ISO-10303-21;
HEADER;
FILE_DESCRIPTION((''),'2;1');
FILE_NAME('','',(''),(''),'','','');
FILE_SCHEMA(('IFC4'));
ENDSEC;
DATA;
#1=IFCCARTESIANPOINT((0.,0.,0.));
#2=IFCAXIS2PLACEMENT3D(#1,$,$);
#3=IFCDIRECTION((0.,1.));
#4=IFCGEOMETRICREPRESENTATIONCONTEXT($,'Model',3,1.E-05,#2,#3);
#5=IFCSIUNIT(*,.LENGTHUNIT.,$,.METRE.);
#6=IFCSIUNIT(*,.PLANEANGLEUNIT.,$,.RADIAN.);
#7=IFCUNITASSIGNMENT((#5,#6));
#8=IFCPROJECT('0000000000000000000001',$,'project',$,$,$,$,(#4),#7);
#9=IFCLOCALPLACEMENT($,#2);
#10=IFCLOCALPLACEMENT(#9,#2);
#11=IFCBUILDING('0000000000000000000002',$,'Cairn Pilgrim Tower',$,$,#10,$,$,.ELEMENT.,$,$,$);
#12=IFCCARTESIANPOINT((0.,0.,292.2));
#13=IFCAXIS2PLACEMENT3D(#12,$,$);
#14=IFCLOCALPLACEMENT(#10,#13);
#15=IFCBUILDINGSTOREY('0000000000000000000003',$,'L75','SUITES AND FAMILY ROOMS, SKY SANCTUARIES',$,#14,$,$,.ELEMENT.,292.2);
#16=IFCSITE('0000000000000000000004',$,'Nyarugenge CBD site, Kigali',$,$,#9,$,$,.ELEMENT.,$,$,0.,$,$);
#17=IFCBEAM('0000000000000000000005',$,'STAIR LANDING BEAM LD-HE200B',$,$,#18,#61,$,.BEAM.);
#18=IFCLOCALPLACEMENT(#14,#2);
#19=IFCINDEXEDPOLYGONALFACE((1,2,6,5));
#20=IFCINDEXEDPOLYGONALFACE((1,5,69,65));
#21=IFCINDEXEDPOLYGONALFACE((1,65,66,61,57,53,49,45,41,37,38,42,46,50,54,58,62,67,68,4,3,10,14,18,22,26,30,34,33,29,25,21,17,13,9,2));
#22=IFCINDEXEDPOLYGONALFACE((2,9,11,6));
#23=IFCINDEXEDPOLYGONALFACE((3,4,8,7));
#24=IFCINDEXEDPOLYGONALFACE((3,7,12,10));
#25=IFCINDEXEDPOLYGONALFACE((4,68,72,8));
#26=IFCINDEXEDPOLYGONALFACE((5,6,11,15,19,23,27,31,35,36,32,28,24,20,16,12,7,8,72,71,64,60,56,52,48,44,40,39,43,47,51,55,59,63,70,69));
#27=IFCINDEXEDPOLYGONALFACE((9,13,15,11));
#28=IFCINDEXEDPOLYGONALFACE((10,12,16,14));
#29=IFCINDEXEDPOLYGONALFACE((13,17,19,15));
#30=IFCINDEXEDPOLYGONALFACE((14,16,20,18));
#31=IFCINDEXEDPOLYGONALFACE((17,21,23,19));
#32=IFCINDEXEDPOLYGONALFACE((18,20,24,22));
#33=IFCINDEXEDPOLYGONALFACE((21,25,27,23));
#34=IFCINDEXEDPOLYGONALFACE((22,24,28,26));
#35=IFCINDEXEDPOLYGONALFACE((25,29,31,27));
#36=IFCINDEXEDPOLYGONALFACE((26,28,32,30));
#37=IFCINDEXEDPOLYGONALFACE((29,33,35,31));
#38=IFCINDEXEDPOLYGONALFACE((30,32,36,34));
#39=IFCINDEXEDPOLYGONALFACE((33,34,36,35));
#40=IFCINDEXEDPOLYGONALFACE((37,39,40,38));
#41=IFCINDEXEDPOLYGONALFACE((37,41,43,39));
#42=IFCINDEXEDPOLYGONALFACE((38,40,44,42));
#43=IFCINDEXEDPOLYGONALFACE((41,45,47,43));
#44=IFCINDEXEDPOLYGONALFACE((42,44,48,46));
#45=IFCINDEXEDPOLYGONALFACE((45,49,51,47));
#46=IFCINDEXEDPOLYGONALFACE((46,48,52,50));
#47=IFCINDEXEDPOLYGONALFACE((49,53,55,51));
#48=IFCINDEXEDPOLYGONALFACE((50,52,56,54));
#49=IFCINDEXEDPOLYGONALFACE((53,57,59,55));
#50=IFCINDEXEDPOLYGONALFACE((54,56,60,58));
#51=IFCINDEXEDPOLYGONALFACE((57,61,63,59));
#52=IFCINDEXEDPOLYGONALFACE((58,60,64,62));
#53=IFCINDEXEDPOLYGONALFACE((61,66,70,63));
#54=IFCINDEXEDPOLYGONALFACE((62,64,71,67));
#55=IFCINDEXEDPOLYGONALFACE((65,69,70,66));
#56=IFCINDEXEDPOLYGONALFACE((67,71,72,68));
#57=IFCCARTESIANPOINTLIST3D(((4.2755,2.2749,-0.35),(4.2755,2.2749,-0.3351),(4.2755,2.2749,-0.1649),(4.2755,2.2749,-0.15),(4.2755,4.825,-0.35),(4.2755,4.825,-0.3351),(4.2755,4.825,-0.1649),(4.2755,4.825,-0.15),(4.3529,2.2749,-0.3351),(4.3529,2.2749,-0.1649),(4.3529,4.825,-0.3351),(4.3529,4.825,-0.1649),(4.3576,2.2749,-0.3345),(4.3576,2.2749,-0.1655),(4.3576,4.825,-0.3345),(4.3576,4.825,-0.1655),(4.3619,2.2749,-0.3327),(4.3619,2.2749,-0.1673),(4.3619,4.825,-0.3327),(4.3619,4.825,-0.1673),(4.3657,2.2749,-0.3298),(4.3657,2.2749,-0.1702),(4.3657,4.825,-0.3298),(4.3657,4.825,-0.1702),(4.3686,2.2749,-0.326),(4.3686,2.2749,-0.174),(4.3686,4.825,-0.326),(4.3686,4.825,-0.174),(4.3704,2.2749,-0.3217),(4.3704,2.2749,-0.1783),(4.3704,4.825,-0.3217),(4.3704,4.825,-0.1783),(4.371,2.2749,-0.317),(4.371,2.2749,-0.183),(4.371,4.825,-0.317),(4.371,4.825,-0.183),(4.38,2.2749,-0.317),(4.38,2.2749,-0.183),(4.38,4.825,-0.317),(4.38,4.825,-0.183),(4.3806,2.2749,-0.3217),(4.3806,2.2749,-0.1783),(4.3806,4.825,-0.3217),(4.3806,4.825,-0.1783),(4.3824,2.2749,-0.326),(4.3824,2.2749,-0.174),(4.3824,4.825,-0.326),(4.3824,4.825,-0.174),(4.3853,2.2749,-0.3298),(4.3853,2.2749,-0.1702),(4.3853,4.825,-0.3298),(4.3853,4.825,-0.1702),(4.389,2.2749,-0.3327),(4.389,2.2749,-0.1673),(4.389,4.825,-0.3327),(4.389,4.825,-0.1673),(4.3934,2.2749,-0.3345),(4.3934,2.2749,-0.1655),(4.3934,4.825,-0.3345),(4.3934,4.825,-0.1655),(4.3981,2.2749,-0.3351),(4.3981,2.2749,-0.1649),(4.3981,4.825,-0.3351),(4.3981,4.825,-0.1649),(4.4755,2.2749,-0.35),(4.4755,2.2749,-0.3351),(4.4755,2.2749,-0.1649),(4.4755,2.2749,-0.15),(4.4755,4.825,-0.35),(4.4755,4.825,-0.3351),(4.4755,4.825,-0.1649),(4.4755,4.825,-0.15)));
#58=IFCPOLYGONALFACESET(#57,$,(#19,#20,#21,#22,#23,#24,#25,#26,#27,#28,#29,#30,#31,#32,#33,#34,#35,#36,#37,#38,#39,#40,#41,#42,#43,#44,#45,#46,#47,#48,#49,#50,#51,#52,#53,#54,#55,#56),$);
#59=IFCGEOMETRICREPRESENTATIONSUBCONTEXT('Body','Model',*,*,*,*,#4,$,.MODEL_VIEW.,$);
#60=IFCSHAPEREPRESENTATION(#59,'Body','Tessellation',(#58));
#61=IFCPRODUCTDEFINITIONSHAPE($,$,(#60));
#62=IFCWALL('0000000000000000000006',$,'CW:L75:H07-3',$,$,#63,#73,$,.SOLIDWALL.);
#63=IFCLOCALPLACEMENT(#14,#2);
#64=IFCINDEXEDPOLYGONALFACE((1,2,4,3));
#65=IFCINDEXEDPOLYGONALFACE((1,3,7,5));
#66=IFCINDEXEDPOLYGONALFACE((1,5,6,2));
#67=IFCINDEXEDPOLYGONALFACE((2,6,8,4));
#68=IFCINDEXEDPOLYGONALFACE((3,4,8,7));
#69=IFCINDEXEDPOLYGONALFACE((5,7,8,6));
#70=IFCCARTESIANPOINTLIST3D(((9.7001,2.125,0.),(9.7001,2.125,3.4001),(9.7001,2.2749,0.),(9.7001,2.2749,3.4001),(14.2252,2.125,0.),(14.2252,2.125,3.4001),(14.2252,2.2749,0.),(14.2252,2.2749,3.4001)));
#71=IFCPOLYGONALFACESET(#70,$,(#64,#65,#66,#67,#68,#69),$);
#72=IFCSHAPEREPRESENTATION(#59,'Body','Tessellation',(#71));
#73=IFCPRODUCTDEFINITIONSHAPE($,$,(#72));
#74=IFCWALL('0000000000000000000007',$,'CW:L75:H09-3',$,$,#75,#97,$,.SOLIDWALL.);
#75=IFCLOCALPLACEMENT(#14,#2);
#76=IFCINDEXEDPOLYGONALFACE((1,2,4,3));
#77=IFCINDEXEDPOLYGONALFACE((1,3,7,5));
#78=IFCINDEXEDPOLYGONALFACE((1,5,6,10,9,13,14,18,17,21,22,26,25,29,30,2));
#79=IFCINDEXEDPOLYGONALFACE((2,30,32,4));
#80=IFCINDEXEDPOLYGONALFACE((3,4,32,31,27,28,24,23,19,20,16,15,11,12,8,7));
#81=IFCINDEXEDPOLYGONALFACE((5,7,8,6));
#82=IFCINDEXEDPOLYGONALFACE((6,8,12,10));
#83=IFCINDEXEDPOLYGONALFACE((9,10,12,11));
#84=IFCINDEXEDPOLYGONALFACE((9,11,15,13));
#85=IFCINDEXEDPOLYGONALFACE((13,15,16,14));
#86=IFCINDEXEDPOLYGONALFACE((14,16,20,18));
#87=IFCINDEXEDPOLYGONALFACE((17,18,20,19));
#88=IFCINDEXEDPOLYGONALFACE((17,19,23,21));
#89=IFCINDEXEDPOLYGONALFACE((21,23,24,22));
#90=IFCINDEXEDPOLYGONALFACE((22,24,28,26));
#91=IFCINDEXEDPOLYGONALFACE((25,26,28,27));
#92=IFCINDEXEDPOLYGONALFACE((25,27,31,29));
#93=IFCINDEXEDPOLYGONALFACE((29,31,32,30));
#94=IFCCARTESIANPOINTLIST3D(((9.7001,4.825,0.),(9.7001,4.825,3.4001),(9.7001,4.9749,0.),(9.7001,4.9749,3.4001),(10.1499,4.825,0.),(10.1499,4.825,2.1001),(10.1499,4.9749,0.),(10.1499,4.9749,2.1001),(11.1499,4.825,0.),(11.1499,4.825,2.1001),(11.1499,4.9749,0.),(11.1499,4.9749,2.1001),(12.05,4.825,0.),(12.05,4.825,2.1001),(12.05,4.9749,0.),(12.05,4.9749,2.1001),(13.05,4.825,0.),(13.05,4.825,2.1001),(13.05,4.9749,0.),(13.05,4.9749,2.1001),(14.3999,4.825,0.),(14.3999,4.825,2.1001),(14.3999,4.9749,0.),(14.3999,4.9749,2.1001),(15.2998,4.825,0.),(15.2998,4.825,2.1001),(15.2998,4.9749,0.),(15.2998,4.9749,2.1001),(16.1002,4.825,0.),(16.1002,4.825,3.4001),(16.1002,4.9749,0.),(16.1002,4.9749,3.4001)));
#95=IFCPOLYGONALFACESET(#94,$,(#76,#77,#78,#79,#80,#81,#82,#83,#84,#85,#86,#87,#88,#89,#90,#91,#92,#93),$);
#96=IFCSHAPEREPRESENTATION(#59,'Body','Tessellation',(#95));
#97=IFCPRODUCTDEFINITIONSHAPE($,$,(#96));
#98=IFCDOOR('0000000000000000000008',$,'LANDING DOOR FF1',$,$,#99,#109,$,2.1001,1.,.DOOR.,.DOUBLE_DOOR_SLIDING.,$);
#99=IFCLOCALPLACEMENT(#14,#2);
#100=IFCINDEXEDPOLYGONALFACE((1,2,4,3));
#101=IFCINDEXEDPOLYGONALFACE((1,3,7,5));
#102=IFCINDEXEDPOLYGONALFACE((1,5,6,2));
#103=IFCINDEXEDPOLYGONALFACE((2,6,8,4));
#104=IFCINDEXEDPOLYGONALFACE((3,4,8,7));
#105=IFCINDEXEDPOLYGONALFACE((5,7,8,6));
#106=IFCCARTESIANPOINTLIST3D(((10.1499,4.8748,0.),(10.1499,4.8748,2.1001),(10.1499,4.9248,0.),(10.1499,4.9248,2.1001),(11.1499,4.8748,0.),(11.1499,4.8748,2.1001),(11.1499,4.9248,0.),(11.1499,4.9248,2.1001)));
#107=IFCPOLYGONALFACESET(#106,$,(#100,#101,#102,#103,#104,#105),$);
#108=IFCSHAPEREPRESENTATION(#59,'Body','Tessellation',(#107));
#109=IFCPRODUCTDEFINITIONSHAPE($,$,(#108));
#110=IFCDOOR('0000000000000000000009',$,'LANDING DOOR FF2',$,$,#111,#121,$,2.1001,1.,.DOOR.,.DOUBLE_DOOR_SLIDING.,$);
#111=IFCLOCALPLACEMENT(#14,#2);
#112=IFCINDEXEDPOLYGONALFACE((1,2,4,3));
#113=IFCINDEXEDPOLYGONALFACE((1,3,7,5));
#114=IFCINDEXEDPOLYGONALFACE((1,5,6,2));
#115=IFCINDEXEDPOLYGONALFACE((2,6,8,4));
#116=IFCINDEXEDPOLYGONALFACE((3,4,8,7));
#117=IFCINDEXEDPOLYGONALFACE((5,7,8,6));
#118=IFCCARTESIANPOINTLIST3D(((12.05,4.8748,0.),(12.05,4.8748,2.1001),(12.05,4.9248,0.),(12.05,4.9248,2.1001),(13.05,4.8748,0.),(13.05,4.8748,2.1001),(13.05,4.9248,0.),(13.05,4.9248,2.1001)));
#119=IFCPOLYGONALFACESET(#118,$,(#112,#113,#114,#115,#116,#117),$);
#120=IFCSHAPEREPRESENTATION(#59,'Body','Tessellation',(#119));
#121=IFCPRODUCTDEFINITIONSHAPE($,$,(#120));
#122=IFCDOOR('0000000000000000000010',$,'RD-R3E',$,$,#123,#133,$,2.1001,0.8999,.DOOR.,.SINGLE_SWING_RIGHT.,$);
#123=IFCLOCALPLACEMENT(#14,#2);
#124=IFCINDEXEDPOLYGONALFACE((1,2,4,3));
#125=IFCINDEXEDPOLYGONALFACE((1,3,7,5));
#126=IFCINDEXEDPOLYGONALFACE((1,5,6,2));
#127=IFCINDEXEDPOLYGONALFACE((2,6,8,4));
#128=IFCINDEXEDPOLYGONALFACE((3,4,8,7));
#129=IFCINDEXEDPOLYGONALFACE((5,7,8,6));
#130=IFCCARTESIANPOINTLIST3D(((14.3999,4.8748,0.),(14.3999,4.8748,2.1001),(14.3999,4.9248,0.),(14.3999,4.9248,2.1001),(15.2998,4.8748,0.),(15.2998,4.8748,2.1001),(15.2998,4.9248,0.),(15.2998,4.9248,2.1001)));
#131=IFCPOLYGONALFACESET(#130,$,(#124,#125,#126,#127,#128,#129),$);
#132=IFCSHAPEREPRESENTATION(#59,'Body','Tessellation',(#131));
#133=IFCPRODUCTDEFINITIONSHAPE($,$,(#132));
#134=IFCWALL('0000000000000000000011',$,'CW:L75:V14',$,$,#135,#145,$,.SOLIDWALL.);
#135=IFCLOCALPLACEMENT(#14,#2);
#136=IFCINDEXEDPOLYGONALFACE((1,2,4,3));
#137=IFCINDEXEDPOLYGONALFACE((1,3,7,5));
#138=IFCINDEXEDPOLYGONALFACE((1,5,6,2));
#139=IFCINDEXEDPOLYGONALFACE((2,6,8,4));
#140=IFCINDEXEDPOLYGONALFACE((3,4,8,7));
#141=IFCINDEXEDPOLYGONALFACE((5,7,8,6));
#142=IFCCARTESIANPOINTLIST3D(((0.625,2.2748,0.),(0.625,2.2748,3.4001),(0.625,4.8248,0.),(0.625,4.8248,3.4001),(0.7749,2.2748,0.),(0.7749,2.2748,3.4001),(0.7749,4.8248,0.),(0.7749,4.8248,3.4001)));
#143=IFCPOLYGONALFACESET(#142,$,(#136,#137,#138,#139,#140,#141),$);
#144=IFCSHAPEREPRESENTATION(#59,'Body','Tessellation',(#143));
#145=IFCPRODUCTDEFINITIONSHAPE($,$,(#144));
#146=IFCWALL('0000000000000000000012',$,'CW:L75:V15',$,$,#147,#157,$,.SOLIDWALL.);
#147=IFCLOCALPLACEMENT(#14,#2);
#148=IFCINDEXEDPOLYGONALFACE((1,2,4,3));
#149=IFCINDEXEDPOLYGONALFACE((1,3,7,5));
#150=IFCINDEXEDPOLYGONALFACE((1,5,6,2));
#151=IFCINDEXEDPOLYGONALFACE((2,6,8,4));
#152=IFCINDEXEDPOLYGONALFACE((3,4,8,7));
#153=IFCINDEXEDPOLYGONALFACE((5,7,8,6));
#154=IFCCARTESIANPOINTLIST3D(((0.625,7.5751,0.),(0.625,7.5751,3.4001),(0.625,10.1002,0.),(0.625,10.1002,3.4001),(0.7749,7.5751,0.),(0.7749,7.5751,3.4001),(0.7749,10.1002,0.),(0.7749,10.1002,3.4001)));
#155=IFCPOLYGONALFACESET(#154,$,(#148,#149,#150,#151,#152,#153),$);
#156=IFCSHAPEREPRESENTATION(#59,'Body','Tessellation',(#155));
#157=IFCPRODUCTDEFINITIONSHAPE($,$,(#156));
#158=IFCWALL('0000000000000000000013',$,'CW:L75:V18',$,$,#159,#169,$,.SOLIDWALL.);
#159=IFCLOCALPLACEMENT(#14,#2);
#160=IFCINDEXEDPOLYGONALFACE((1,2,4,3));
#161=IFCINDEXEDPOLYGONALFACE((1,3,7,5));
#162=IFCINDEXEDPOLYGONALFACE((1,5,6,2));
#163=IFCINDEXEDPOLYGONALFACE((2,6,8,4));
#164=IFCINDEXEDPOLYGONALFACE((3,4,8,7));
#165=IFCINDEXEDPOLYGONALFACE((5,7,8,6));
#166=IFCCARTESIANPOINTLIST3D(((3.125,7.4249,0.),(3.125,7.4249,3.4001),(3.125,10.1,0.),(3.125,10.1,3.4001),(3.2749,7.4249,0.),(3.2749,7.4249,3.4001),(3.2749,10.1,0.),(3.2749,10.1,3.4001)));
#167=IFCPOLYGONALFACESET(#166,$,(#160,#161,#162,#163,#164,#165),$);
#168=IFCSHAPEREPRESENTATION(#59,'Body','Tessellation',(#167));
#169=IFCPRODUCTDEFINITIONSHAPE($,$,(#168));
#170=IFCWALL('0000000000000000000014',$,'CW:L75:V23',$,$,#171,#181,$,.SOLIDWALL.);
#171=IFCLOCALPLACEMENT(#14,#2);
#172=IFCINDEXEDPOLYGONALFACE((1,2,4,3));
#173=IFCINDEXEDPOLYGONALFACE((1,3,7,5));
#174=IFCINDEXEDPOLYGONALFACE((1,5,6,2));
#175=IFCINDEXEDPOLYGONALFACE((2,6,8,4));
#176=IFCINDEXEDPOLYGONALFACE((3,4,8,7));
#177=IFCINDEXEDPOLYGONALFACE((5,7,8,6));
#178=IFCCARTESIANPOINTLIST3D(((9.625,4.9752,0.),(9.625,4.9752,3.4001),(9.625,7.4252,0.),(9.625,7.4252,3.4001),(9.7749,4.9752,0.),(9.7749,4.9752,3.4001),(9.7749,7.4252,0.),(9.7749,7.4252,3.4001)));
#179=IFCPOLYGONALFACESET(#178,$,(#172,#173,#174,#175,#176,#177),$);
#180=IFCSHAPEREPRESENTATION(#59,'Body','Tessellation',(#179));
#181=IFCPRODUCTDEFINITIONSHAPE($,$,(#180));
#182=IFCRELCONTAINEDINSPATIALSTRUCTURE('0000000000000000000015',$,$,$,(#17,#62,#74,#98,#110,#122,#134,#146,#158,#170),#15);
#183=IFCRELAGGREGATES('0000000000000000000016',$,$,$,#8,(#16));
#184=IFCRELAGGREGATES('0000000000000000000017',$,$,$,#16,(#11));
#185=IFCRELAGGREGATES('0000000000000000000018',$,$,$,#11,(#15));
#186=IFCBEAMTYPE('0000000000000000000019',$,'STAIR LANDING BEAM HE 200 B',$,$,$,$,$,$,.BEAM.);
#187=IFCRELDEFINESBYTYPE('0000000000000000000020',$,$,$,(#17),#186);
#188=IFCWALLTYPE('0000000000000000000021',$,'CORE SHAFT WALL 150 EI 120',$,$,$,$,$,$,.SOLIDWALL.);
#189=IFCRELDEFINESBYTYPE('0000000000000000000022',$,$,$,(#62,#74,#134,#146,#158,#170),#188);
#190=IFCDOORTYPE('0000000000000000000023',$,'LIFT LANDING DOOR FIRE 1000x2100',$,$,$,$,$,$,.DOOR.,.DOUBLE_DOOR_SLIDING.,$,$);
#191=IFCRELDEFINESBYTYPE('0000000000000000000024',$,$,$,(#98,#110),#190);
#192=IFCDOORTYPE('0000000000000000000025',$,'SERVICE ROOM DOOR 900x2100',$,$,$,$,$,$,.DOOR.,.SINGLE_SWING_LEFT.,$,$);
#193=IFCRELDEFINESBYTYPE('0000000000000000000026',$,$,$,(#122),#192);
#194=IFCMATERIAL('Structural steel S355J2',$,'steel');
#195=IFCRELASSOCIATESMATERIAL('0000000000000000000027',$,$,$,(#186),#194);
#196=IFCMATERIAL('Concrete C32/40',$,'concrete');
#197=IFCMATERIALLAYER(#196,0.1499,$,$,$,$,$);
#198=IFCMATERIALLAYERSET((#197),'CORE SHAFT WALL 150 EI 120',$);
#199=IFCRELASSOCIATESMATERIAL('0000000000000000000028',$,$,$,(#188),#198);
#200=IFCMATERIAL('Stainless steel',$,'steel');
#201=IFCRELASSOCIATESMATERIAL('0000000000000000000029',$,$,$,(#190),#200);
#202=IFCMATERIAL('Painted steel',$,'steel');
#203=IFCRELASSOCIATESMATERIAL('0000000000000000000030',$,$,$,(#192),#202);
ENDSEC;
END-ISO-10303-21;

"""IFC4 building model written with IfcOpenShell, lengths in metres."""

from ifc_helpers import new_model, si_unit, direction, frame, frame_2d, origin, origin_2d, place, context, subcontext, project, spatial, rectangle, i_section, extrude, material, layer, layer_set, material_profile, profile_set, type_object, element, fill, save


model = new_model("IFC4")

# Units and contexts
model_context = context("Model", 3, precision=1e-05, world=origin(), true_north=direction((0.0, 1.0)))
body_context = subcontext(model_context, "Body", "Model", "MODEL_VIEW")
ifc_project = project(units=[si_unit("LENGTHUNIT", "METRE"), si_unit("PLANEANGLEUNIT", "RADIAN")], contexts=[model_context])

# Site, building, storey
site_placement = place(None, origin())
site = spatial("IfcSite", under=ifc_project, at=site_placement, Name="Nyarugenge CBD site, Kigali", CompositionType="ELEMENT", RefElevation=0.0)
building_placement = place(site_placement, origin())
building = spatial("IfcBuilding", under=site, at=building_placement, Name="Cairn Pilgrim Tower", CompositionType="ELEMENT")
storey_placement = place(building_placement, frame((0.0, 0.0, 292.2)))
storey = spatial("IfcBuildingStorey", under=building, at=storey_placement, Name="L75", Description="SUITES AND FAMILY ROOMS, SKY SANCTUARIES", CompositionType="ELEMENT", Elevation=292.2)

# Beam
ifc_material_1 = material(Name="Structural steel S355J2", Category="steel")
ifc_material_profile = material_profile(ifc_material_1, i_section(OverallWidth=0.2, OverallDepth=0.2, WebThickness=0.009, FlangeThickness=0.0149, FilletRadius=0.0181, at=origin_2d()), Name="HE 200 B")
ifc_profile_set = profile_set([ifc_material_profile], Name="Structural steel S355J2")
beam_type = type_object("IfcBeamType", Name="STAIR LANDING BEAM HE 200 B", PredefinedType="BEAM", material=ifc_profile_set)
beam_placement = place(storey_placement, frame((4.3755, 2.2749, -0.25), z_axis=(0.0, 1.0, 0.0), x_axis=(-1.0, 0.0, 0.0)))
element("IfcBeam", 1, at=beam_placement, inside=storey, type_object=beam_type, Name="STAIR LANDING BEAM LD-HE200B", PredefinedType="BEAM", context=body_context, shape_type="SweptSolid", body=[
    extrude(i_section(OverallWidth=0.2, OverallDepth=0.2, WebThickness=0.009, FlangeThickness=0.0149, FilletRadius=0.0181, at=origin_2d()), origin(), (0.0, 0.0, 1.0), 2.55),
])

# Wall
ifc_material_2 = material(Name="Concrete C32/40", Category="concrete")
ifc_layer_1 = layer(ifc_material_2, 0.1499)
ifc_layer_set_1 = layer_set([ifc_layer_1], Name="CORE SHAFT WALL 150 EI 120")
wall_type_1 = type_object("IfcWallType", Name="CORE SHAFT WALL 150 EI 120", PredefinedType="SOLIDWALL", material=ifc_layer_set_1)
wall_1_placement = place(storey_placement, frame((9.7, 2.2, 0.0), z_axis=(0.0, 0.0, 1.0), x_axis=(1.0, 0.0, 0.0)))
element("IfcWall", 2, at=wall_1_placement, inside=storey, type_object=wall_type_1, Name="CW:L75:H07-3", PredefinedType="SOLIDWALL", context=body_context, shape_type="SweptSolid", body=[
    extrude(rectangle(XDim=4.5251, YDim=0.1499, at=frame_2d((2.2627, 0.0))), origin(), (0.0, 0.0, 1.0), 3.4001),
])

# Wall, openings, doors
wall_2_placement = place(storey_placement, frame((9.7, 4.8999, 0.0), z_axis=(0.0, 0.0, 1.0), x_axis=(1.0, 0.0, 0.0)))
wall_2 = element("IfcWall", 3, at=wall_2_placement, inside=storey, type_object=wall_type_1, Name="CW:L75:H09-3", PredefinedType="SOLIDWALL", context=body_context, shape_type="SweptSolid", body=[
    extrude(rectangle(XDim=6.4001, YDim=0.1499, at=frame_2d((3.2002, 0.0))), origin(), (0.0, 0.0, 1.0), 3.4001),
])
opening_1_placement = place(wall_2_placement, frame((0.45, 0.0, 0.0)))
opening_1 = element("IfcOpeningElement", 4, at=opening_1_placement, cuts=wall_2, PredefinedType="OPENING", context=body_context, shape_type="SweptSolid", body=[
    extrude(rectangle(XDim=1.0, YDim=2.1001, at=frame_2d((0.5, 1.05))), frame((0.0, 0.085, 0.0), z_axis=(0.0, -1.0, 0.0), x_axis=(1.0, 0.0, 0.0)), (0.0, 0.0, 1.0), 0.1699),
])
opening_2_placement = place(wall_2_placement, frame((2.3501, 0.0, 0.0)))
opening_2 = element("IfcOpeningElement", 5, at=opening_2_placement, cuts=wall_2, PredefinedType="OPENING", context=body_context, shape_type="SweptSolid", body=[
    extrude(rectangle(XDim=1.0, YDim=2.1001, at=frame_2d((0.5, 1.05))), frame((0.0, 0.085, 0.0), z_axis=(0.0, -1.0, 0.0), x_axis=(1.0, 0.0, 0.0)), (0.0, 0.0, 1.0), 0.1699),
])
opening_3_placement = place(wall_2_placement, frame((4.7, 0.0, 0.0)))
opening_3 = element("IfcOpeningElement", 6, at=opening_3_placement, cuts=wall_2, PredefinedType="OPENING", context=body_context, shape_type="SweptSolid", body=[
    extrude(rectangle(XDim=0.8999, YDim=2.1001, at=frame_2d((0.45, 1.05))), frame((0.0, 0.085, 0.0), z_axis=(0.0, -1.0, 0.0), x_axis=(1.0, 0.0, 0.0)), (0.0, 0.0, 1.0), 0.1699),
])
ifc_material_3 = material(Name="Stainless steel", Category="steel")
door_type_1 = type_object("IfcDoorType", Name="LIFT LANDING DOOR FIRE 1000x2100", OperationType="DOUBLE_DOOR_SLIDING", PredefinedType="DOOR", material=ifc_material_3)
door_1_placement = place(opening_1_placement, origin())
door_1 = element("IfcDoor", 7, at=door_1_placement, inside=storey, type_object=door_type_1, Name="LANDING DOOR FF1", OperationType="DOUBLE_DOOR_SLIDING", OverallHeight=2.1001, OverallWidth=1.0, PredefinedType="DOOR", context=body_context, shape_type="SweptSolid", body=[
    extrude(rectangle(XDim=1.0, YDim=2.1001, at=frame_2d((0.5, 1.05))), frame((0.0, 0.0249, 0.0), z_axis=(0.0, -1.0, 0.0), x_axis=(1.0, 0.0, 0.0)), (0.0, 0.0, 1.0), 0.05),
])
fill(opening_1, door_1)
door_2_placement = place(opening_2_placement, origin())
door_2 = element("IfcDoor", 8, at=door_2_placement, inside=storey, type_object=door_type_1, Name="LANDING DOOR FF2", OperationType="DOUBLE_DOOR_SLIDING", OverallHeight=2.1001, OverallWidth=1.0, PredefinedType="DOOR", context=body_context, shape_type="SweptSolid", body=[
    extrude(rectangle(XDim=1.0, YDim=2.1001, at=frame_2d((0.5, 1.05))), frame((0.0, 0.0249, 0.0), z_axis=(0.0, -1.0, 0.0), x_axis=(1.0, 0.0, 0.0)), (0.0, 0.0, 1.0), 0.05),
])
fill(opening_2, door_2)
ifc_material_4 = material(Name="Painted steel", Category="steel")
door_type_2 = type_object("IfcDoorType", Name="SERVICE ROOM DOOR 900x2100", OperationType="SINGLE_SWING_LEFT", PredefinedType="DOOR", material=ifc_material_4)
door_3_placement = place(opening_3_placement, origin())
door_3 = element("IfcDoor", 9, at=door_3_placement, inside=storey, type_object=door_type_2, Name="RD-R3E", OperationType="SINGLE_SWING_RIGHT", OverallHeight=2.1001, OverallWidth=0.8999, PredefinedType="DOOR", context=body_context, shape_type="SweptSolid", body=[
    extrude(rectangle(XDim=0.8999, YDim=2.1001, at=frame_2d((0.45, 1.05))), frame((0.0, 0.0249, 0.0), z_axis=(0.0, -1.0, 0.0), x_axis=(1.0, 0.0, 0.0)), (0.0, 0.0, 1.0), 0.05),
])
fill(opening_3, door_3)

# Walls
wall_3_placement = place(storey_placement, frame((0.7, 2.2749, 0.0), z_axis=(0.0, 0.0, 1.0), x_axis=(0.0, 1.0, 0.0)))
element("IfcWall", 10, at=wall_3_placement, inside=storey, type_object=wall_type_1, Name="CW:L75:V14", PredefinedType="SOLIDWALL", context=body_context, shape_type="SweptSolid", body=[
    extrude(rectangle(XDim=2.55, YDim=0.1499, at=frame_2d((1.2749, 0.0))), origin(), (0.0, 0.0, 1.0), 3.4001),
])
wall_4_placement = place(storey_placement, frame((0.7, 7.575, 0.0), z_axis=(0.0, 0.0, 1.0), x_axis=(0.0, 1.0, 0.0)))
element("IfcWall", 11, at=wall_4_placement, inside=storey, type_object=wall_type_1, Name="CW:L75:V15", PredefinedType="SOLIDWALL", context=body_context, shape_type="SweptSolid", body=[
    extrude(rectangle(XDim=2.5251, YDim=0.1499, at=frame_2d((1.2627, 0.0))), origin(), (0.0, 0.0, 1.0), 3.4001),
])
wall_5_placement = place(storey_placement, frame((3.2, 7.425, 0.0), z_axis=(0.0, 0.0, 1.0), x_axis=(0.0, 1.0, 0.0)))
element("IfcWall", 12, at=wall_5_placement, inside=storey, type_object=wall_type_1, Name="CW:L75:V18", PredefinedType="SOLIDWALL", context=body_context, shape_type="SweptSolid", body=[
    extrude(rectangle(XDim=2.675, YDim=0.1499, at=frame_2d((1.3374, 0.0))), origin(), (0.0, 0.0, 1.0), 3.4001),
])
wall_6_placement = place(storey_placement, frame((9.7, 4.9751, 0.0), z_axis=(0.0, 0.0, 1.0), x_axis=(0.0, 1.0, 0.0)))
element("IfcWall", 13, at=wall_6_placement, inside=storey, type_object=wall_type_1, Name="CW:L75:V23", PredefinedType="SOLIDWALL", context=body_context, shape_type="SweptSolid", body=[
    extrude(rectangle(XDim=2.45, YDim=0.1499, at=frame_2d((1.2251, 0.0))), origin(), (0.0, 0.0, 1.0), 3.4001),
])

save(model, "model.ifc")
